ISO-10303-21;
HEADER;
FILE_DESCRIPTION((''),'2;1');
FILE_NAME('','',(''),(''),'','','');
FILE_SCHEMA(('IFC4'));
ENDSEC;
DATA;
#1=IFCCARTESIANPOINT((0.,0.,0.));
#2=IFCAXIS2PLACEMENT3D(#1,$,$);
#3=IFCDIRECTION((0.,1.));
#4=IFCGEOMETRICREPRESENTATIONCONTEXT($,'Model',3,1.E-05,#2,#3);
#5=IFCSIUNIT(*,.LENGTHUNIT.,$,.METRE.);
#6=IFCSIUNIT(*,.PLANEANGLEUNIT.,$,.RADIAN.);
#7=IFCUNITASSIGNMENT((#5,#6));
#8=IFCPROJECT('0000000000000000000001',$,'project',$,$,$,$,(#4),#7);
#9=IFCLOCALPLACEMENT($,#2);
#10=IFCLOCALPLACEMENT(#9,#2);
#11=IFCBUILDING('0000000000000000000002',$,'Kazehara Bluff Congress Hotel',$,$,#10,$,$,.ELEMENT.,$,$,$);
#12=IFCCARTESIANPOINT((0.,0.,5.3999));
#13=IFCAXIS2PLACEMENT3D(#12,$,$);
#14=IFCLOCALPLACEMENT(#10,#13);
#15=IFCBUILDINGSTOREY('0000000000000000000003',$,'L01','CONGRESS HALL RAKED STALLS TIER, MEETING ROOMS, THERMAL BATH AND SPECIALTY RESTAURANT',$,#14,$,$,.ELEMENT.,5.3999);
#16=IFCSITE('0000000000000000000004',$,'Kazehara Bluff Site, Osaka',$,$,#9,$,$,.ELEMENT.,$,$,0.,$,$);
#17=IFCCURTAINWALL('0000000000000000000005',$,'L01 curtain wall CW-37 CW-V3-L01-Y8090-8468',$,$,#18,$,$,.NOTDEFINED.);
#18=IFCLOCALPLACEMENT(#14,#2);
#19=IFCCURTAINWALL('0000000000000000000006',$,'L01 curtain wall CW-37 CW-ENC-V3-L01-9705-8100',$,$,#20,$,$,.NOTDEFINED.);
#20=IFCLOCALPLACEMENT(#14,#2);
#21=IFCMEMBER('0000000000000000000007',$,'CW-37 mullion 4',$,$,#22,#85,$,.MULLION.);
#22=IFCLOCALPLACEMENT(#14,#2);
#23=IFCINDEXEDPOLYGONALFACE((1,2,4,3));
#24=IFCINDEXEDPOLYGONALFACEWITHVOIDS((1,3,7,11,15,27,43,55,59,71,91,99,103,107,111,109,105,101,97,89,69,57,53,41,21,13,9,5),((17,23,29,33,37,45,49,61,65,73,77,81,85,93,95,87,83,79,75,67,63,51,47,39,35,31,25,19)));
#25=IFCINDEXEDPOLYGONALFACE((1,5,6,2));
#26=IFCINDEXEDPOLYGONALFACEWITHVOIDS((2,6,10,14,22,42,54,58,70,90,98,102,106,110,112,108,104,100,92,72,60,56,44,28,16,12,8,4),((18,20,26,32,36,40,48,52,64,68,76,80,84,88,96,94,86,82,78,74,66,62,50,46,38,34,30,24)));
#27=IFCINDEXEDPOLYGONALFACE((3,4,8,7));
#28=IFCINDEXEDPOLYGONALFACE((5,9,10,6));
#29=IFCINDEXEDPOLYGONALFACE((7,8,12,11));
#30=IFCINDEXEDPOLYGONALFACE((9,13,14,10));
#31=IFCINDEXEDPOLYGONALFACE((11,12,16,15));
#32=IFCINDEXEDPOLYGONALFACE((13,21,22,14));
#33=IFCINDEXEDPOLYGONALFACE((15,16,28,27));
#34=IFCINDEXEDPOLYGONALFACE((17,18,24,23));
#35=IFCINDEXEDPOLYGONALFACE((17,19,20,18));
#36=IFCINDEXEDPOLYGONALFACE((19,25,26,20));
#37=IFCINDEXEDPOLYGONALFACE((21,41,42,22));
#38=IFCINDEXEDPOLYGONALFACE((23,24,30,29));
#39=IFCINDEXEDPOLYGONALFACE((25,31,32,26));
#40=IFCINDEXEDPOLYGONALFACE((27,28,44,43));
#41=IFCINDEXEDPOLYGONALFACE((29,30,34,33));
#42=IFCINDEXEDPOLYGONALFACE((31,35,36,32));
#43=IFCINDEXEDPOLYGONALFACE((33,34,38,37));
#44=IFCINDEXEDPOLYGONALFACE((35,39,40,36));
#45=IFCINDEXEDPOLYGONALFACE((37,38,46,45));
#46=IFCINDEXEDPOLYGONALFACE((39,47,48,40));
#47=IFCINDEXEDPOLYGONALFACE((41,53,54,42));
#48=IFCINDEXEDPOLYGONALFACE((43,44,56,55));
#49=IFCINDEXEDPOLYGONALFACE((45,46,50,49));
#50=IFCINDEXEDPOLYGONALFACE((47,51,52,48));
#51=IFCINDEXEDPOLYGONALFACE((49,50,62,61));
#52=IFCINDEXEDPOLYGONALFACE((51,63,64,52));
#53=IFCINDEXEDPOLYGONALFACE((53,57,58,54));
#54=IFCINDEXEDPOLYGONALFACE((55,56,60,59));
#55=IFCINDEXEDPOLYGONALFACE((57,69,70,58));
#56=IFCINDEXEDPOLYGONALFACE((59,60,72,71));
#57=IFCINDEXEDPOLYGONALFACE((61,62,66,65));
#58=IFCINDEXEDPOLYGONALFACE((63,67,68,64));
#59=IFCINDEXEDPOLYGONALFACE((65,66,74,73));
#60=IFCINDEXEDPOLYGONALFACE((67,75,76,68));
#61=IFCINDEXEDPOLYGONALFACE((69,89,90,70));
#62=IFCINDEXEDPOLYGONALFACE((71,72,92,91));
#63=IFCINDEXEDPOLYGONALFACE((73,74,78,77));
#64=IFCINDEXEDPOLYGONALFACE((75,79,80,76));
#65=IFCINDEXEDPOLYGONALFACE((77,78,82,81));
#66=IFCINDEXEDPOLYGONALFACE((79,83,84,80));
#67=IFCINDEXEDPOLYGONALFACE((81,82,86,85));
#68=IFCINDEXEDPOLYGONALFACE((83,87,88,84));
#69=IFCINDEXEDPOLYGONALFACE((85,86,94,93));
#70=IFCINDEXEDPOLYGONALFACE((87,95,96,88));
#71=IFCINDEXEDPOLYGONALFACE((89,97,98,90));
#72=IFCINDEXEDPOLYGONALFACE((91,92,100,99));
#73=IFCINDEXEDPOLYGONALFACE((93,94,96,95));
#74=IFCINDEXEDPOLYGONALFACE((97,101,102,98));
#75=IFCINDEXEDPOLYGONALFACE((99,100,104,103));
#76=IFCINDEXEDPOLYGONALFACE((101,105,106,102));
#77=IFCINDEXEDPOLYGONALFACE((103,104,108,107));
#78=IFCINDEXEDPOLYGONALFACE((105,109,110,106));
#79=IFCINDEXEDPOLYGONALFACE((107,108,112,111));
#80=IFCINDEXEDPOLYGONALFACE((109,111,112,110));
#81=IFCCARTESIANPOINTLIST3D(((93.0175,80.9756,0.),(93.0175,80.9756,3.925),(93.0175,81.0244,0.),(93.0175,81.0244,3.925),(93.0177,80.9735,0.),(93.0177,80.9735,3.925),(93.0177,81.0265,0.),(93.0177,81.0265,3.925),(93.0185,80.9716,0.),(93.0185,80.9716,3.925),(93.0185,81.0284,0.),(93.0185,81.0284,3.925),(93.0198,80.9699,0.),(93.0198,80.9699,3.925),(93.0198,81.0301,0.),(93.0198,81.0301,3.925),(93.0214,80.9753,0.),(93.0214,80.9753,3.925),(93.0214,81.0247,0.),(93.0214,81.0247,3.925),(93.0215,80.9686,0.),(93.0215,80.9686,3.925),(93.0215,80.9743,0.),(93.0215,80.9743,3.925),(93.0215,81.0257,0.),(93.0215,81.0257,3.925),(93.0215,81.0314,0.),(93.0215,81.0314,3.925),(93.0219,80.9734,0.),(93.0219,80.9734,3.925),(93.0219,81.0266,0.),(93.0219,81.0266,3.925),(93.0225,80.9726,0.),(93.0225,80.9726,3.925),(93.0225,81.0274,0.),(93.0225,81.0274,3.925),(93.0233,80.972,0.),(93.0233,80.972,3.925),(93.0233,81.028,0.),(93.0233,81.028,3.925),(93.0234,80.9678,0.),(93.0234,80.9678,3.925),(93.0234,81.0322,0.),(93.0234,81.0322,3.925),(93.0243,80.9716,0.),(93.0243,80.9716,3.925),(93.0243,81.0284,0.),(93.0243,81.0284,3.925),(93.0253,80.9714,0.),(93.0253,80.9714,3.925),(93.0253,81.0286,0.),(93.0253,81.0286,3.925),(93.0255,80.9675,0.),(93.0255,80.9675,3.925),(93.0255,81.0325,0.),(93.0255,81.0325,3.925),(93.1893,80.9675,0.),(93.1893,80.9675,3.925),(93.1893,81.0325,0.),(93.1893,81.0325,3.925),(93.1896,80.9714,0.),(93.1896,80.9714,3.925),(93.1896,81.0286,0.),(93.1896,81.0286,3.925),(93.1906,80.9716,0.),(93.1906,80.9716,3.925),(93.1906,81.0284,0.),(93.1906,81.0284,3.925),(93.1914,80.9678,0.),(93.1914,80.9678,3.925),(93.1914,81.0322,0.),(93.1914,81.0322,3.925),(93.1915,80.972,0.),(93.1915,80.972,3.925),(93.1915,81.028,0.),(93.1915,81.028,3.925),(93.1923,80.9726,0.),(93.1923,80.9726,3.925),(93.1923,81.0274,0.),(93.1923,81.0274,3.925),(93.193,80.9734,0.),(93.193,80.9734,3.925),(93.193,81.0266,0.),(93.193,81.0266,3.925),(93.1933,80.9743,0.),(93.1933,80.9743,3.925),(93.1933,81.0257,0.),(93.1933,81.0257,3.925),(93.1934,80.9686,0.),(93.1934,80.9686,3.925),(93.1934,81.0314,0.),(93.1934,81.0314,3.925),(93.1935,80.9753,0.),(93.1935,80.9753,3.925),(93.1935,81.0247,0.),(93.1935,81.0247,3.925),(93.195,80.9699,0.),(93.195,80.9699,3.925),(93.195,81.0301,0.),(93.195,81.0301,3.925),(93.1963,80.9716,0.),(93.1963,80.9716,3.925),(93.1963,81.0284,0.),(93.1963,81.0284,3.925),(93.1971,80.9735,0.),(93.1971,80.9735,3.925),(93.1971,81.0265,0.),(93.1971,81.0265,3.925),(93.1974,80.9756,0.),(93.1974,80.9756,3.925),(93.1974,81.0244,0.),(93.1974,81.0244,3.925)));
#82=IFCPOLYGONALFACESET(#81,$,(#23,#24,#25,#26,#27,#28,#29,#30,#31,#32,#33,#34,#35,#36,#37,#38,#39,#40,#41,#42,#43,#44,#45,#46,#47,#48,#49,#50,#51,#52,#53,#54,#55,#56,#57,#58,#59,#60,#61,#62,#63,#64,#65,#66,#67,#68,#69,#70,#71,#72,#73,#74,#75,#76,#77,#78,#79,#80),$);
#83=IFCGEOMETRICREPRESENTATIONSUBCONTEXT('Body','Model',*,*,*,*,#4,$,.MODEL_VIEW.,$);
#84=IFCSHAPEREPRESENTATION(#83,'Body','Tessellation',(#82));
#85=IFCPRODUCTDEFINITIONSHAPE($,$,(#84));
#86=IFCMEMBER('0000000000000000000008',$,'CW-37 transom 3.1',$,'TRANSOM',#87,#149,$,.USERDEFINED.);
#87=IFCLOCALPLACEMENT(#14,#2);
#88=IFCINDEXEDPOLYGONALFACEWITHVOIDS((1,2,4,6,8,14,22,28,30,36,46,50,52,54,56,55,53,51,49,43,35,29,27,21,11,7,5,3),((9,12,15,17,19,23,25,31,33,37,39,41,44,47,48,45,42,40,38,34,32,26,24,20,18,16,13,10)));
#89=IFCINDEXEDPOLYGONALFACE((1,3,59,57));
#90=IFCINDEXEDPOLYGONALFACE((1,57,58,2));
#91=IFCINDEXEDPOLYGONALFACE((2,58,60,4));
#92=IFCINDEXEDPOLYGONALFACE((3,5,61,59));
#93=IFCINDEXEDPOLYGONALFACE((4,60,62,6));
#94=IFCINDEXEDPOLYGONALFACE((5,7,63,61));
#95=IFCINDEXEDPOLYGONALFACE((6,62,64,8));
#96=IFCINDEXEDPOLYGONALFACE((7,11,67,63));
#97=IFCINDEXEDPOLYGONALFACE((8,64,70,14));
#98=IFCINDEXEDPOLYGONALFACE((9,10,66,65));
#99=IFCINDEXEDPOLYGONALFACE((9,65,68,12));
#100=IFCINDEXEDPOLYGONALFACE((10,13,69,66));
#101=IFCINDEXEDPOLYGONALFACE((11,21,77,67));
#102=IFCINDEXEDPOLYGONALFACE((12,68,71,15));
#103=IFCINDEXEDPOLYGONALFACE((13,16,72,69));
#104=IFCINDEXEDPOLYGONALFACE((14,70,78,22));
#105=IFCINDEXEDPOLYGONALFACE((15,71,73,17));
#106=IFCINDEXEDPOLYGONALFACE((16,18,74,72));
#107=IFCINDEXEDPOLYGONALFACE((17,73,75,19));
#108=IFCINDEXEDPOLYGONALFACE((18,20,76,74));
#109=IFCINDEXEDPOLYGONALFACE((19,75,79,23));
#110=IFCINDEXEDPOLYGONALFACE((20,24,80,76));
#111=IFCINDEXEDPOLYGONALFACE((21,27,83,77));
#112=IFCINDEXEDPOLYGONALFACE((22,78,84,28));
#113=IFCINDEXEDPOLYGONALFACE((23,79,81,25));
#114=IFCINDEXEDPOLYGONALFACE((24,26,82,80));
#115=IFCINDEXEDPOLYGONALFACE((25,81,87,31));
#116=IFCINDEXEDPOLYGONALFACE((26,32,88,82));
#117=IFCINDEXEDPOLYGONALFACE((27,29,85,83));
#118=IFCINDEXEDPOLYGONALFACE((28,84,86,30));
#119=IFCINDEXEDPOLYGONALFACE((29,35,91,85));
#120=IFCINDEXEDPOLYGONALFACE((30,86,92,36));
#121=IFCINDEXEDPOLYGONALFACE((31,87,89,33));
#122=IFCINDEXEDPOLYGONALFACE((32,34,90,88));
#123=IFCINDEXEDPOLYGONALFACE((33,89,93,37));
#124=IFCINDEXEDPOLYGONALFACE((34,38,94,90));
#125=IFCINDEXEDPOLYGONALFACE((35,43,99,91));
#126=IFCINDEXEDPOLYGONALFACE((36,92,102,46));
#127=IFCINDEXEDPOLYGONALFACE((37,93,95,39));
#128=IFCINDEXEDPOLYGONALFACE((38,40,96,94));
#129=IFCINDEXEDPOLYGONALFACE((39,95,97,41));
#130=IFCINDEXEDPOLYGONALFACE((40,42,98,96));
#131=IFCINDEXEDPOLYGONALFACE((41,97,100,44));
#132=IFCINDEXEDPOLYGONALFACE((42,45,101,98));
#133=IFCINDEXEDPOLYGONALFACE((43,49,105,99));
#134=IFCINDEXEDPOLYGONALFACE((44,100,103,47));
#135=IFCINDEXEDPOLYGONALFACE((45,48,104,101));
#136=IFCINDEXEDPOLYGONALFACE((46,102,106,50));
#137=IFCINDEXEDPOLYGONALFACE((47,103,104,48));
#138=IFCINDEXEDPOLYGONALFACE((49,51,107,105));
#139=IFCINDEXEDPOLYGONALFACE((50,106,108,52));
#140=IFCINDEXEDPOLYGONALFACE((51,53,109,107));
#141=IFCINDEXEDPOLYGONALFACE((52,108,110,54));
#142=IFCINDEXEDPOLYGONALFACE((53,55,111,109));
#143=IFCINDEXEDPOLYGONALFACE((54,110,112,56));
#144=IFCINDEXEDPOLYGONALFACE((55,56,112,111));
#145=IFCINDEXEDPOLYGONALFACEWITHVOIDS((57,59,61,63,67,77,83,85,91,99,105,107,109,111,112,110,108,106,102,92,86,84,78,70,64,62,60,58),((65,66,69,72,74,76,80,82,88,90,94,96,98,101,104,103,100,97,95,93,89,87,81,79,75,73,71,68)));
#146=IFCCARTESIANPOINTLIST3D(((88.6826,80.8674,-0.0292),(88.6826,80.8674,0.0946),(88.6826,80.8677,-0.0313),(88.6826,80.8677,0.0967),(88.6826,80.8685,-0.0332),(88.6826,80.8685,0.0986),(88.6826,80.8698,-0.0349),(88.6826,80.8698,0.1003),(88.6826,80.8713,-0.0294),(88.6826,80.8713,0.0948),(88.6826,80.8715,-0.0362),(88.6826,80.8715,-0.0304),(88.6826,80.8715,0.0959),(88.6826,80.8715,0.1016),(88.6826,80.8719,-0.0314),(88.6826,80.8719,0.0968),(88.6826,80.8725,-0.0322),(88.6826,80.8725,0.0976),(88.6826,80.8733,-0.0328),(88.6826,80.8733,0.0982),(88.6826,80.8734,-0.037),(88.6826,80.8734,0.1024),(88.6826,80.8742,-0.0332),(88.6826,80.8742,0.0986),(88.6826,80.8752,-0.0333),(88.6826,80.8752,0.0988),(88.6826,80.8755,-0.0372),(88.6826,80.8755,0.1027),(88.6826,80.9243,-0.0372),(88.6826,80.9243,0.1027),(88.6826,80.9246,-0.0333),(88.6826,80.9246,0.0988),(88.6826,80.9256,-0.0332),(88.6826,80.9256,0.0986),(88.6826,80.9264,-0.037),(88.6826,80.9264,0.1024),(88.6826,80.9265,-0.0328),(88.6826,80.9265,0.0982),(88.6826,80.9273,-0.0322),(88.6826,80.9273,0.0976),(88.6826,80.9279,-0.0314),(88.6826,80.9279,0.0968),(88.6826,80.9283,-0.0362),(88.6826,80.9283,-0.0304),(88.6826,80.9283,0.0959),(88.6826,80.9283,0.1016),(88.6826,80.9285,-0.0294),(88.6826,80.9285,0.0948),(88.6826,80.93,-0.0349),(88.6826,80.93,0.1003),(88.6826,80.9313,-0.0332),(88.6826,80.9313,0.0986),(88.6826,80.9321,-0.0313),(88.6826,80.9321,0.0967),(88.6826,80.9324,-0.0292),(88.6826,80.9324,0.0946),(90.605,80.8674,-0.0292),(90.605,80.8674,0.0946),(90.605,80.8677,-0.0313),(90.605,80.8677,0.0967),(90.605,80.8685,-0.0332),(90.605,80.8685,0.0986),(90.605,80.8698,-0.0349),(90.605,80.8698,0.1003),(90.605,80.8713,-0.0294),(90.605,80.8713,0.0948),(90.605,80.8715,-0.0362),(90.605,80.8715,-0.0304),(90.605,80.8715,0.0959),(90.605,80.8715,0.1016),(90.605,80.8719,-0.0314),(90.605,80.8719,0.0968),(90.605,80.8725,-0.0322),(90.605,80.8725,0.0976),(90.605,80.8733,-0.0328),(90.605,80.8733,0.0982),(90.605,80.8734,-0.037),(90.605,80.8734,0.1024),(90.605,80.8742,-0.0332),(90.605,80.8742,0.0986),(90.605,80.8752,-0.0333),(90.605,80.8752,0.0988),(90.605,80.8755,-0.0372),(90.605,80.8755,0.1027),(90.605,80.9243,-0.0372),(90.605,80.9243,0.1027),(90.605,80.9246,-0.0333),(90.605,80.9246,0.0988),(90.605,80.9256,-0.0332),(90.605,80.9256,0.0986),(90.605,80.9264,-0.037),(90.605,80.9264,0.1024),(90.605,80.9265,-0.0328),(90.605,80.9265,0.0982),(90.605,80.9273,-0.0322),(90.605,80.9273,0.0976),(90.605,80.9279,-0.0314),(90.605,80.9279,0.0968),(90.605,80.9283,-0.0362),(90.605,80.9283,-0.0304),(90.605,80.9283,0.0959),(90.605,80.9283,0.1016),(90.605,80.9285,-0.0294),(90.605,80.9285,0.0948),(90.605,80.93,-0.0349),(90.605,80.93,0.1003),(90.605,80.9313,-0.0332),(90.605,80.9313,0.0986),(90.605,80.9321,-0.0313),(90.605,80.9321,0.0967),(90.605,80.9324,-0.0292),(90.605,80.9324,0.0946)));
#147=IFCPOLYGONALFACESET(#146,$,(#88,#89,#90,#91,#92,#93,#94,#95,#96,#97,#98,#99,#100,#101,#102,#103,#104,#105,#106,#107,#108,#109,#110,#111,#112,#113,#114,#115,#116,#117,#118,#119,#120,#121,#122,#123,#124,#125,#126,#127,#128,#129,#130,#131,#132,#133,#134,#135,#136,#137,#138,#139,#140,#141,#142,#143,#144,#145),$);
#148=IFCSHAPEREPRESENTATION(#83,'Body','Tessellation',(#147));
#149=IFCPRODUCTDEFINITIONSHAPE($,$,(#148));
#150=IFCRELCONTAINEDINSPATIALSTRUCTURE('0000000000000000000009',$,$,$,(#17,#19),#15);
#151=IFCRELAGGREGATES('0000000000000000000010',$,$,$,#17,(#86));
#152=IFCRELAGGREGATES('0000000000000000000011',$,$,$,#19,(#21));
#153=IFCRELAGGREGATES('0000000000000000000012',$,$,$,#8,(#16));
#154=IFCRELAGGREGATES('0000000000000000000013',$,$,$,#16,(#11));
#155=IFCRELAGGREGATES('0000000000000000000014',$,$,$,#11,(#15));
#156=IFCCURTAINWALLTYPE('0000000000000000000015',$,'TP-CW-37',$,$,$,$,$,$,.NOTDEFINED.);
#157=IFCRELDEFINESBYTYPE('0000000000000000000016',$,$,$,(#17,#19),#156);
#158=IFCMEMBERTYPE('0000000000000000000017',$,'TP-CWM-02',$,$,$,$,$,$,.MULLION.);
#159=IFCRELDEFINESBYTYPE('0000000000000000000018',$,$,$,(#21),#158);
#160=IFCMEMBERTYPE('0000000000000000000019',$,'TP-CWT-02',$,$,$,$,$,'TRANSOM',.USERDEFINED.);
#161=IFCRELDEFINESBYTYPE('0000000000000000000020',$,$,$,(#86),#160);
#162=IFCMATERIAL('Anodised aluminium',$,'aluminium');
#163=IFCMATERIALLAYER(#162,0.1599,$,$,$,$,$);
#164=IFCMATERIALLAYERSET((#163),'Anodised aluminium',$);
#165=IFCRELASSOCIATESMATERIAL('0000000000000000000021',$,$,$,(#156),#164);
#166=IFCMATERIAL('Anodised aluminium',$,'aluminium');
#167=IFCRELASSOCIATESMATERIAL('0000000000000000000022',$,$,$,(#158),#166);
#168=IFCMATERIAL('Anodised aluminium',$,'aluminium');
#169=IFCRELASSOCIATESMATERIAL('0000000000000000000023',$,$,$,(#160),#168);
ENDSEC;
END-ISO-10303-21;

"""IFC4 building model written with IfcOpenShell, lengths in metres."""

from ifc_helpers import new_model, si_unit, direction, frame, origin, origin_2d, place, context, subcontext, project, spatial, hollow_rectangle, extrude, material, layer, layer_set, material_profile, profile_set, type_object, element, aggregate, save


model = new_model("IFC4")

# Units and contexts
model_context = context("Model", 3, precision=1e-05, world=origin(), true_north=direction((0.0, 1.0)))
body_context = subcontext(model_context, "Body", "Model", "MODEL_VIEW")
ifc_project = project(units=[si_unit("LENGTHUNIT", "METRE"), si_unit("PLANEANGLEUNIT", "RADIAN")], contexts=[model_context])

# Site, building, storey
site_placement = place(None, origin())
site = spatial("IfcSite", under=ifc_project, at=site_placement, Name="Kazehara Bluff Site, Osaka", CompositionType="ELEMENT", RefElevation=0.0)
building_placement = place(site_placement, origin())
building = spatial("IfcBuilding", under=site, at=building_placement, Name="Kazehara Bluff Congress Hotel", CompositionType="ELEMENT")
storey_placement = place(building_placement, frame((0.0, 0.0, 5.3999)))
storey = spatial("IfcBuildingStorey", under=building, at=storey_placement, Name="L01", Description="CONGRESS HALL RAKED STALLS TIER, MEETING ROOMS, THERMAL BATH AND SPECIALTY RESTAURANT", CompositionType="ELEMENT", Elevation=5.3999)

# Curtain walls, member
ifc_material_1 = material(Name="Anodised aluminium", Category="aluminium")
ifc_layer_1 = layer(ifc_material_1, 0.1599)
ifc_layer_set_1 = layer_set([ifc_layer_1], Name="Anodised aluminium")
curtain_wall_type = type_object("IfcCurtainWallType", Name="TP-CW-37", PredefinedType="NOTDEFINED", material=ifc_layer_set_1)
curtain_wall_1_placement = place(storey_placement, origin())
curtain_wall_1 = element("IfcCurtainWall", 1, at=curtain_wall_1_placement, inside=storey, type_object=curtain_wall_type, Name="L01 curtain wall CW-37 CW-V3-L01-Y8090-8468", PredefinedType="NOTDEFINED")
ifc_material_2 = material(Name="Anodised aluminium", Category="aluminium")
ifc_material_profile_1 = material_profile(ifc_material_2, hollow_rectangle(XDim=0.0649, YDim=0.1799, WallThickness=0.0039, InnerFilletRadius=0.0039, OuterFilletRadius=0.0081, at=origin_2d()))
ifc_profile_set_1 = profile_set([ifc_material_profile_1], Name="Anodised aluminium")
member_type_1 = type_object("IfcMemberType", Name="TP-CWM-02", PredefinedType="MULLION", material=ifc_profile_set_1)
curtain_wall_2_placement = place(storey_placement, origin())
curtain_wall_2 = element("IfcCurtainWall", 2, at=curtain_wall_2_placement, inside=storey, type_object=curtain_wall_type, Name="L01 curtain wall CW-37 CW-ENC-V3-L01-9705-8100", PredefinedType="NOTDEFINED")
member_1_placement = place(storey_placement, frame((93.1074, 81.0, 0.0), z_axis=(0.0, 0.0, 1.0), x_axis=(0.0, -1.0, 0.0)))
member_1 = element("IfcMember", 3, at=member_1_placement, type_object=member_type_1, Name="CW-37 mullion 4", PredefinedType="MULLION", context=body_context, shape_type="SweptSolid", body=[
    extrude(hollow_rectangle(XDim=0.0649, YDim=0.1799, WallThickness=0.0039, InnerFilletRadius=0.0039, OuterFilletRadius=0.0081, at=origin_2d()), origin(), (0.0, 0.0, 1.0), 3.925),
])

# Member
ifc_material_3 = material(Name="Anodised aluminium", Category="aluminium")
ifc_material_profile_2 = material_profile(ifc_material_3, hollow_rectangle(XDim=0.0649, YDim=0.1399, WallThickness=0.0039, InnerFilletRadius=0.0039, OuterFilletRadius=0.0081, at=origin_2d()))
ifc_profile_set_2 = profile_set([ifc_material_profile_2], Name="Anodised aluminium")
member_type_2 = type_object("IfcMemberType", Name="TP-CWT-02", ElementType="TRANSOM", PredefinedType="USERDEFINED", material=ifc_profile_set_2)
member_2_placement = place(storey_placement, frame((88.6826, 80.8999, 0.0327), z_axis=(1.0, 0.0, 0.0), x_axis=(0.0, 1.0, 0.0)))
member_2 = element("IfcMember", 4, at=member_2_placement, type_object=member_type_2, Name="CW-37 transom 3.1", ObjectType="TRANSOM", PredefinedType="USERDEFINED", context=body_context, shape_type="SweptSolid", body=[
    extrude(hollow_rectangle(XDim=0.0649, YDim=0.1399, WallThickness=0.0039, InnerFilletRadius=0.0039, OuterFilletRadius=0.0081, at=origin_2d()), origin(), (0.0, 0.0, 1.0), 1.9224),
])

aggregate(curtain_wall_1, [member_2])
aggregate(curtain_wall_2, [member_1])

save(model, "model.ifc")
